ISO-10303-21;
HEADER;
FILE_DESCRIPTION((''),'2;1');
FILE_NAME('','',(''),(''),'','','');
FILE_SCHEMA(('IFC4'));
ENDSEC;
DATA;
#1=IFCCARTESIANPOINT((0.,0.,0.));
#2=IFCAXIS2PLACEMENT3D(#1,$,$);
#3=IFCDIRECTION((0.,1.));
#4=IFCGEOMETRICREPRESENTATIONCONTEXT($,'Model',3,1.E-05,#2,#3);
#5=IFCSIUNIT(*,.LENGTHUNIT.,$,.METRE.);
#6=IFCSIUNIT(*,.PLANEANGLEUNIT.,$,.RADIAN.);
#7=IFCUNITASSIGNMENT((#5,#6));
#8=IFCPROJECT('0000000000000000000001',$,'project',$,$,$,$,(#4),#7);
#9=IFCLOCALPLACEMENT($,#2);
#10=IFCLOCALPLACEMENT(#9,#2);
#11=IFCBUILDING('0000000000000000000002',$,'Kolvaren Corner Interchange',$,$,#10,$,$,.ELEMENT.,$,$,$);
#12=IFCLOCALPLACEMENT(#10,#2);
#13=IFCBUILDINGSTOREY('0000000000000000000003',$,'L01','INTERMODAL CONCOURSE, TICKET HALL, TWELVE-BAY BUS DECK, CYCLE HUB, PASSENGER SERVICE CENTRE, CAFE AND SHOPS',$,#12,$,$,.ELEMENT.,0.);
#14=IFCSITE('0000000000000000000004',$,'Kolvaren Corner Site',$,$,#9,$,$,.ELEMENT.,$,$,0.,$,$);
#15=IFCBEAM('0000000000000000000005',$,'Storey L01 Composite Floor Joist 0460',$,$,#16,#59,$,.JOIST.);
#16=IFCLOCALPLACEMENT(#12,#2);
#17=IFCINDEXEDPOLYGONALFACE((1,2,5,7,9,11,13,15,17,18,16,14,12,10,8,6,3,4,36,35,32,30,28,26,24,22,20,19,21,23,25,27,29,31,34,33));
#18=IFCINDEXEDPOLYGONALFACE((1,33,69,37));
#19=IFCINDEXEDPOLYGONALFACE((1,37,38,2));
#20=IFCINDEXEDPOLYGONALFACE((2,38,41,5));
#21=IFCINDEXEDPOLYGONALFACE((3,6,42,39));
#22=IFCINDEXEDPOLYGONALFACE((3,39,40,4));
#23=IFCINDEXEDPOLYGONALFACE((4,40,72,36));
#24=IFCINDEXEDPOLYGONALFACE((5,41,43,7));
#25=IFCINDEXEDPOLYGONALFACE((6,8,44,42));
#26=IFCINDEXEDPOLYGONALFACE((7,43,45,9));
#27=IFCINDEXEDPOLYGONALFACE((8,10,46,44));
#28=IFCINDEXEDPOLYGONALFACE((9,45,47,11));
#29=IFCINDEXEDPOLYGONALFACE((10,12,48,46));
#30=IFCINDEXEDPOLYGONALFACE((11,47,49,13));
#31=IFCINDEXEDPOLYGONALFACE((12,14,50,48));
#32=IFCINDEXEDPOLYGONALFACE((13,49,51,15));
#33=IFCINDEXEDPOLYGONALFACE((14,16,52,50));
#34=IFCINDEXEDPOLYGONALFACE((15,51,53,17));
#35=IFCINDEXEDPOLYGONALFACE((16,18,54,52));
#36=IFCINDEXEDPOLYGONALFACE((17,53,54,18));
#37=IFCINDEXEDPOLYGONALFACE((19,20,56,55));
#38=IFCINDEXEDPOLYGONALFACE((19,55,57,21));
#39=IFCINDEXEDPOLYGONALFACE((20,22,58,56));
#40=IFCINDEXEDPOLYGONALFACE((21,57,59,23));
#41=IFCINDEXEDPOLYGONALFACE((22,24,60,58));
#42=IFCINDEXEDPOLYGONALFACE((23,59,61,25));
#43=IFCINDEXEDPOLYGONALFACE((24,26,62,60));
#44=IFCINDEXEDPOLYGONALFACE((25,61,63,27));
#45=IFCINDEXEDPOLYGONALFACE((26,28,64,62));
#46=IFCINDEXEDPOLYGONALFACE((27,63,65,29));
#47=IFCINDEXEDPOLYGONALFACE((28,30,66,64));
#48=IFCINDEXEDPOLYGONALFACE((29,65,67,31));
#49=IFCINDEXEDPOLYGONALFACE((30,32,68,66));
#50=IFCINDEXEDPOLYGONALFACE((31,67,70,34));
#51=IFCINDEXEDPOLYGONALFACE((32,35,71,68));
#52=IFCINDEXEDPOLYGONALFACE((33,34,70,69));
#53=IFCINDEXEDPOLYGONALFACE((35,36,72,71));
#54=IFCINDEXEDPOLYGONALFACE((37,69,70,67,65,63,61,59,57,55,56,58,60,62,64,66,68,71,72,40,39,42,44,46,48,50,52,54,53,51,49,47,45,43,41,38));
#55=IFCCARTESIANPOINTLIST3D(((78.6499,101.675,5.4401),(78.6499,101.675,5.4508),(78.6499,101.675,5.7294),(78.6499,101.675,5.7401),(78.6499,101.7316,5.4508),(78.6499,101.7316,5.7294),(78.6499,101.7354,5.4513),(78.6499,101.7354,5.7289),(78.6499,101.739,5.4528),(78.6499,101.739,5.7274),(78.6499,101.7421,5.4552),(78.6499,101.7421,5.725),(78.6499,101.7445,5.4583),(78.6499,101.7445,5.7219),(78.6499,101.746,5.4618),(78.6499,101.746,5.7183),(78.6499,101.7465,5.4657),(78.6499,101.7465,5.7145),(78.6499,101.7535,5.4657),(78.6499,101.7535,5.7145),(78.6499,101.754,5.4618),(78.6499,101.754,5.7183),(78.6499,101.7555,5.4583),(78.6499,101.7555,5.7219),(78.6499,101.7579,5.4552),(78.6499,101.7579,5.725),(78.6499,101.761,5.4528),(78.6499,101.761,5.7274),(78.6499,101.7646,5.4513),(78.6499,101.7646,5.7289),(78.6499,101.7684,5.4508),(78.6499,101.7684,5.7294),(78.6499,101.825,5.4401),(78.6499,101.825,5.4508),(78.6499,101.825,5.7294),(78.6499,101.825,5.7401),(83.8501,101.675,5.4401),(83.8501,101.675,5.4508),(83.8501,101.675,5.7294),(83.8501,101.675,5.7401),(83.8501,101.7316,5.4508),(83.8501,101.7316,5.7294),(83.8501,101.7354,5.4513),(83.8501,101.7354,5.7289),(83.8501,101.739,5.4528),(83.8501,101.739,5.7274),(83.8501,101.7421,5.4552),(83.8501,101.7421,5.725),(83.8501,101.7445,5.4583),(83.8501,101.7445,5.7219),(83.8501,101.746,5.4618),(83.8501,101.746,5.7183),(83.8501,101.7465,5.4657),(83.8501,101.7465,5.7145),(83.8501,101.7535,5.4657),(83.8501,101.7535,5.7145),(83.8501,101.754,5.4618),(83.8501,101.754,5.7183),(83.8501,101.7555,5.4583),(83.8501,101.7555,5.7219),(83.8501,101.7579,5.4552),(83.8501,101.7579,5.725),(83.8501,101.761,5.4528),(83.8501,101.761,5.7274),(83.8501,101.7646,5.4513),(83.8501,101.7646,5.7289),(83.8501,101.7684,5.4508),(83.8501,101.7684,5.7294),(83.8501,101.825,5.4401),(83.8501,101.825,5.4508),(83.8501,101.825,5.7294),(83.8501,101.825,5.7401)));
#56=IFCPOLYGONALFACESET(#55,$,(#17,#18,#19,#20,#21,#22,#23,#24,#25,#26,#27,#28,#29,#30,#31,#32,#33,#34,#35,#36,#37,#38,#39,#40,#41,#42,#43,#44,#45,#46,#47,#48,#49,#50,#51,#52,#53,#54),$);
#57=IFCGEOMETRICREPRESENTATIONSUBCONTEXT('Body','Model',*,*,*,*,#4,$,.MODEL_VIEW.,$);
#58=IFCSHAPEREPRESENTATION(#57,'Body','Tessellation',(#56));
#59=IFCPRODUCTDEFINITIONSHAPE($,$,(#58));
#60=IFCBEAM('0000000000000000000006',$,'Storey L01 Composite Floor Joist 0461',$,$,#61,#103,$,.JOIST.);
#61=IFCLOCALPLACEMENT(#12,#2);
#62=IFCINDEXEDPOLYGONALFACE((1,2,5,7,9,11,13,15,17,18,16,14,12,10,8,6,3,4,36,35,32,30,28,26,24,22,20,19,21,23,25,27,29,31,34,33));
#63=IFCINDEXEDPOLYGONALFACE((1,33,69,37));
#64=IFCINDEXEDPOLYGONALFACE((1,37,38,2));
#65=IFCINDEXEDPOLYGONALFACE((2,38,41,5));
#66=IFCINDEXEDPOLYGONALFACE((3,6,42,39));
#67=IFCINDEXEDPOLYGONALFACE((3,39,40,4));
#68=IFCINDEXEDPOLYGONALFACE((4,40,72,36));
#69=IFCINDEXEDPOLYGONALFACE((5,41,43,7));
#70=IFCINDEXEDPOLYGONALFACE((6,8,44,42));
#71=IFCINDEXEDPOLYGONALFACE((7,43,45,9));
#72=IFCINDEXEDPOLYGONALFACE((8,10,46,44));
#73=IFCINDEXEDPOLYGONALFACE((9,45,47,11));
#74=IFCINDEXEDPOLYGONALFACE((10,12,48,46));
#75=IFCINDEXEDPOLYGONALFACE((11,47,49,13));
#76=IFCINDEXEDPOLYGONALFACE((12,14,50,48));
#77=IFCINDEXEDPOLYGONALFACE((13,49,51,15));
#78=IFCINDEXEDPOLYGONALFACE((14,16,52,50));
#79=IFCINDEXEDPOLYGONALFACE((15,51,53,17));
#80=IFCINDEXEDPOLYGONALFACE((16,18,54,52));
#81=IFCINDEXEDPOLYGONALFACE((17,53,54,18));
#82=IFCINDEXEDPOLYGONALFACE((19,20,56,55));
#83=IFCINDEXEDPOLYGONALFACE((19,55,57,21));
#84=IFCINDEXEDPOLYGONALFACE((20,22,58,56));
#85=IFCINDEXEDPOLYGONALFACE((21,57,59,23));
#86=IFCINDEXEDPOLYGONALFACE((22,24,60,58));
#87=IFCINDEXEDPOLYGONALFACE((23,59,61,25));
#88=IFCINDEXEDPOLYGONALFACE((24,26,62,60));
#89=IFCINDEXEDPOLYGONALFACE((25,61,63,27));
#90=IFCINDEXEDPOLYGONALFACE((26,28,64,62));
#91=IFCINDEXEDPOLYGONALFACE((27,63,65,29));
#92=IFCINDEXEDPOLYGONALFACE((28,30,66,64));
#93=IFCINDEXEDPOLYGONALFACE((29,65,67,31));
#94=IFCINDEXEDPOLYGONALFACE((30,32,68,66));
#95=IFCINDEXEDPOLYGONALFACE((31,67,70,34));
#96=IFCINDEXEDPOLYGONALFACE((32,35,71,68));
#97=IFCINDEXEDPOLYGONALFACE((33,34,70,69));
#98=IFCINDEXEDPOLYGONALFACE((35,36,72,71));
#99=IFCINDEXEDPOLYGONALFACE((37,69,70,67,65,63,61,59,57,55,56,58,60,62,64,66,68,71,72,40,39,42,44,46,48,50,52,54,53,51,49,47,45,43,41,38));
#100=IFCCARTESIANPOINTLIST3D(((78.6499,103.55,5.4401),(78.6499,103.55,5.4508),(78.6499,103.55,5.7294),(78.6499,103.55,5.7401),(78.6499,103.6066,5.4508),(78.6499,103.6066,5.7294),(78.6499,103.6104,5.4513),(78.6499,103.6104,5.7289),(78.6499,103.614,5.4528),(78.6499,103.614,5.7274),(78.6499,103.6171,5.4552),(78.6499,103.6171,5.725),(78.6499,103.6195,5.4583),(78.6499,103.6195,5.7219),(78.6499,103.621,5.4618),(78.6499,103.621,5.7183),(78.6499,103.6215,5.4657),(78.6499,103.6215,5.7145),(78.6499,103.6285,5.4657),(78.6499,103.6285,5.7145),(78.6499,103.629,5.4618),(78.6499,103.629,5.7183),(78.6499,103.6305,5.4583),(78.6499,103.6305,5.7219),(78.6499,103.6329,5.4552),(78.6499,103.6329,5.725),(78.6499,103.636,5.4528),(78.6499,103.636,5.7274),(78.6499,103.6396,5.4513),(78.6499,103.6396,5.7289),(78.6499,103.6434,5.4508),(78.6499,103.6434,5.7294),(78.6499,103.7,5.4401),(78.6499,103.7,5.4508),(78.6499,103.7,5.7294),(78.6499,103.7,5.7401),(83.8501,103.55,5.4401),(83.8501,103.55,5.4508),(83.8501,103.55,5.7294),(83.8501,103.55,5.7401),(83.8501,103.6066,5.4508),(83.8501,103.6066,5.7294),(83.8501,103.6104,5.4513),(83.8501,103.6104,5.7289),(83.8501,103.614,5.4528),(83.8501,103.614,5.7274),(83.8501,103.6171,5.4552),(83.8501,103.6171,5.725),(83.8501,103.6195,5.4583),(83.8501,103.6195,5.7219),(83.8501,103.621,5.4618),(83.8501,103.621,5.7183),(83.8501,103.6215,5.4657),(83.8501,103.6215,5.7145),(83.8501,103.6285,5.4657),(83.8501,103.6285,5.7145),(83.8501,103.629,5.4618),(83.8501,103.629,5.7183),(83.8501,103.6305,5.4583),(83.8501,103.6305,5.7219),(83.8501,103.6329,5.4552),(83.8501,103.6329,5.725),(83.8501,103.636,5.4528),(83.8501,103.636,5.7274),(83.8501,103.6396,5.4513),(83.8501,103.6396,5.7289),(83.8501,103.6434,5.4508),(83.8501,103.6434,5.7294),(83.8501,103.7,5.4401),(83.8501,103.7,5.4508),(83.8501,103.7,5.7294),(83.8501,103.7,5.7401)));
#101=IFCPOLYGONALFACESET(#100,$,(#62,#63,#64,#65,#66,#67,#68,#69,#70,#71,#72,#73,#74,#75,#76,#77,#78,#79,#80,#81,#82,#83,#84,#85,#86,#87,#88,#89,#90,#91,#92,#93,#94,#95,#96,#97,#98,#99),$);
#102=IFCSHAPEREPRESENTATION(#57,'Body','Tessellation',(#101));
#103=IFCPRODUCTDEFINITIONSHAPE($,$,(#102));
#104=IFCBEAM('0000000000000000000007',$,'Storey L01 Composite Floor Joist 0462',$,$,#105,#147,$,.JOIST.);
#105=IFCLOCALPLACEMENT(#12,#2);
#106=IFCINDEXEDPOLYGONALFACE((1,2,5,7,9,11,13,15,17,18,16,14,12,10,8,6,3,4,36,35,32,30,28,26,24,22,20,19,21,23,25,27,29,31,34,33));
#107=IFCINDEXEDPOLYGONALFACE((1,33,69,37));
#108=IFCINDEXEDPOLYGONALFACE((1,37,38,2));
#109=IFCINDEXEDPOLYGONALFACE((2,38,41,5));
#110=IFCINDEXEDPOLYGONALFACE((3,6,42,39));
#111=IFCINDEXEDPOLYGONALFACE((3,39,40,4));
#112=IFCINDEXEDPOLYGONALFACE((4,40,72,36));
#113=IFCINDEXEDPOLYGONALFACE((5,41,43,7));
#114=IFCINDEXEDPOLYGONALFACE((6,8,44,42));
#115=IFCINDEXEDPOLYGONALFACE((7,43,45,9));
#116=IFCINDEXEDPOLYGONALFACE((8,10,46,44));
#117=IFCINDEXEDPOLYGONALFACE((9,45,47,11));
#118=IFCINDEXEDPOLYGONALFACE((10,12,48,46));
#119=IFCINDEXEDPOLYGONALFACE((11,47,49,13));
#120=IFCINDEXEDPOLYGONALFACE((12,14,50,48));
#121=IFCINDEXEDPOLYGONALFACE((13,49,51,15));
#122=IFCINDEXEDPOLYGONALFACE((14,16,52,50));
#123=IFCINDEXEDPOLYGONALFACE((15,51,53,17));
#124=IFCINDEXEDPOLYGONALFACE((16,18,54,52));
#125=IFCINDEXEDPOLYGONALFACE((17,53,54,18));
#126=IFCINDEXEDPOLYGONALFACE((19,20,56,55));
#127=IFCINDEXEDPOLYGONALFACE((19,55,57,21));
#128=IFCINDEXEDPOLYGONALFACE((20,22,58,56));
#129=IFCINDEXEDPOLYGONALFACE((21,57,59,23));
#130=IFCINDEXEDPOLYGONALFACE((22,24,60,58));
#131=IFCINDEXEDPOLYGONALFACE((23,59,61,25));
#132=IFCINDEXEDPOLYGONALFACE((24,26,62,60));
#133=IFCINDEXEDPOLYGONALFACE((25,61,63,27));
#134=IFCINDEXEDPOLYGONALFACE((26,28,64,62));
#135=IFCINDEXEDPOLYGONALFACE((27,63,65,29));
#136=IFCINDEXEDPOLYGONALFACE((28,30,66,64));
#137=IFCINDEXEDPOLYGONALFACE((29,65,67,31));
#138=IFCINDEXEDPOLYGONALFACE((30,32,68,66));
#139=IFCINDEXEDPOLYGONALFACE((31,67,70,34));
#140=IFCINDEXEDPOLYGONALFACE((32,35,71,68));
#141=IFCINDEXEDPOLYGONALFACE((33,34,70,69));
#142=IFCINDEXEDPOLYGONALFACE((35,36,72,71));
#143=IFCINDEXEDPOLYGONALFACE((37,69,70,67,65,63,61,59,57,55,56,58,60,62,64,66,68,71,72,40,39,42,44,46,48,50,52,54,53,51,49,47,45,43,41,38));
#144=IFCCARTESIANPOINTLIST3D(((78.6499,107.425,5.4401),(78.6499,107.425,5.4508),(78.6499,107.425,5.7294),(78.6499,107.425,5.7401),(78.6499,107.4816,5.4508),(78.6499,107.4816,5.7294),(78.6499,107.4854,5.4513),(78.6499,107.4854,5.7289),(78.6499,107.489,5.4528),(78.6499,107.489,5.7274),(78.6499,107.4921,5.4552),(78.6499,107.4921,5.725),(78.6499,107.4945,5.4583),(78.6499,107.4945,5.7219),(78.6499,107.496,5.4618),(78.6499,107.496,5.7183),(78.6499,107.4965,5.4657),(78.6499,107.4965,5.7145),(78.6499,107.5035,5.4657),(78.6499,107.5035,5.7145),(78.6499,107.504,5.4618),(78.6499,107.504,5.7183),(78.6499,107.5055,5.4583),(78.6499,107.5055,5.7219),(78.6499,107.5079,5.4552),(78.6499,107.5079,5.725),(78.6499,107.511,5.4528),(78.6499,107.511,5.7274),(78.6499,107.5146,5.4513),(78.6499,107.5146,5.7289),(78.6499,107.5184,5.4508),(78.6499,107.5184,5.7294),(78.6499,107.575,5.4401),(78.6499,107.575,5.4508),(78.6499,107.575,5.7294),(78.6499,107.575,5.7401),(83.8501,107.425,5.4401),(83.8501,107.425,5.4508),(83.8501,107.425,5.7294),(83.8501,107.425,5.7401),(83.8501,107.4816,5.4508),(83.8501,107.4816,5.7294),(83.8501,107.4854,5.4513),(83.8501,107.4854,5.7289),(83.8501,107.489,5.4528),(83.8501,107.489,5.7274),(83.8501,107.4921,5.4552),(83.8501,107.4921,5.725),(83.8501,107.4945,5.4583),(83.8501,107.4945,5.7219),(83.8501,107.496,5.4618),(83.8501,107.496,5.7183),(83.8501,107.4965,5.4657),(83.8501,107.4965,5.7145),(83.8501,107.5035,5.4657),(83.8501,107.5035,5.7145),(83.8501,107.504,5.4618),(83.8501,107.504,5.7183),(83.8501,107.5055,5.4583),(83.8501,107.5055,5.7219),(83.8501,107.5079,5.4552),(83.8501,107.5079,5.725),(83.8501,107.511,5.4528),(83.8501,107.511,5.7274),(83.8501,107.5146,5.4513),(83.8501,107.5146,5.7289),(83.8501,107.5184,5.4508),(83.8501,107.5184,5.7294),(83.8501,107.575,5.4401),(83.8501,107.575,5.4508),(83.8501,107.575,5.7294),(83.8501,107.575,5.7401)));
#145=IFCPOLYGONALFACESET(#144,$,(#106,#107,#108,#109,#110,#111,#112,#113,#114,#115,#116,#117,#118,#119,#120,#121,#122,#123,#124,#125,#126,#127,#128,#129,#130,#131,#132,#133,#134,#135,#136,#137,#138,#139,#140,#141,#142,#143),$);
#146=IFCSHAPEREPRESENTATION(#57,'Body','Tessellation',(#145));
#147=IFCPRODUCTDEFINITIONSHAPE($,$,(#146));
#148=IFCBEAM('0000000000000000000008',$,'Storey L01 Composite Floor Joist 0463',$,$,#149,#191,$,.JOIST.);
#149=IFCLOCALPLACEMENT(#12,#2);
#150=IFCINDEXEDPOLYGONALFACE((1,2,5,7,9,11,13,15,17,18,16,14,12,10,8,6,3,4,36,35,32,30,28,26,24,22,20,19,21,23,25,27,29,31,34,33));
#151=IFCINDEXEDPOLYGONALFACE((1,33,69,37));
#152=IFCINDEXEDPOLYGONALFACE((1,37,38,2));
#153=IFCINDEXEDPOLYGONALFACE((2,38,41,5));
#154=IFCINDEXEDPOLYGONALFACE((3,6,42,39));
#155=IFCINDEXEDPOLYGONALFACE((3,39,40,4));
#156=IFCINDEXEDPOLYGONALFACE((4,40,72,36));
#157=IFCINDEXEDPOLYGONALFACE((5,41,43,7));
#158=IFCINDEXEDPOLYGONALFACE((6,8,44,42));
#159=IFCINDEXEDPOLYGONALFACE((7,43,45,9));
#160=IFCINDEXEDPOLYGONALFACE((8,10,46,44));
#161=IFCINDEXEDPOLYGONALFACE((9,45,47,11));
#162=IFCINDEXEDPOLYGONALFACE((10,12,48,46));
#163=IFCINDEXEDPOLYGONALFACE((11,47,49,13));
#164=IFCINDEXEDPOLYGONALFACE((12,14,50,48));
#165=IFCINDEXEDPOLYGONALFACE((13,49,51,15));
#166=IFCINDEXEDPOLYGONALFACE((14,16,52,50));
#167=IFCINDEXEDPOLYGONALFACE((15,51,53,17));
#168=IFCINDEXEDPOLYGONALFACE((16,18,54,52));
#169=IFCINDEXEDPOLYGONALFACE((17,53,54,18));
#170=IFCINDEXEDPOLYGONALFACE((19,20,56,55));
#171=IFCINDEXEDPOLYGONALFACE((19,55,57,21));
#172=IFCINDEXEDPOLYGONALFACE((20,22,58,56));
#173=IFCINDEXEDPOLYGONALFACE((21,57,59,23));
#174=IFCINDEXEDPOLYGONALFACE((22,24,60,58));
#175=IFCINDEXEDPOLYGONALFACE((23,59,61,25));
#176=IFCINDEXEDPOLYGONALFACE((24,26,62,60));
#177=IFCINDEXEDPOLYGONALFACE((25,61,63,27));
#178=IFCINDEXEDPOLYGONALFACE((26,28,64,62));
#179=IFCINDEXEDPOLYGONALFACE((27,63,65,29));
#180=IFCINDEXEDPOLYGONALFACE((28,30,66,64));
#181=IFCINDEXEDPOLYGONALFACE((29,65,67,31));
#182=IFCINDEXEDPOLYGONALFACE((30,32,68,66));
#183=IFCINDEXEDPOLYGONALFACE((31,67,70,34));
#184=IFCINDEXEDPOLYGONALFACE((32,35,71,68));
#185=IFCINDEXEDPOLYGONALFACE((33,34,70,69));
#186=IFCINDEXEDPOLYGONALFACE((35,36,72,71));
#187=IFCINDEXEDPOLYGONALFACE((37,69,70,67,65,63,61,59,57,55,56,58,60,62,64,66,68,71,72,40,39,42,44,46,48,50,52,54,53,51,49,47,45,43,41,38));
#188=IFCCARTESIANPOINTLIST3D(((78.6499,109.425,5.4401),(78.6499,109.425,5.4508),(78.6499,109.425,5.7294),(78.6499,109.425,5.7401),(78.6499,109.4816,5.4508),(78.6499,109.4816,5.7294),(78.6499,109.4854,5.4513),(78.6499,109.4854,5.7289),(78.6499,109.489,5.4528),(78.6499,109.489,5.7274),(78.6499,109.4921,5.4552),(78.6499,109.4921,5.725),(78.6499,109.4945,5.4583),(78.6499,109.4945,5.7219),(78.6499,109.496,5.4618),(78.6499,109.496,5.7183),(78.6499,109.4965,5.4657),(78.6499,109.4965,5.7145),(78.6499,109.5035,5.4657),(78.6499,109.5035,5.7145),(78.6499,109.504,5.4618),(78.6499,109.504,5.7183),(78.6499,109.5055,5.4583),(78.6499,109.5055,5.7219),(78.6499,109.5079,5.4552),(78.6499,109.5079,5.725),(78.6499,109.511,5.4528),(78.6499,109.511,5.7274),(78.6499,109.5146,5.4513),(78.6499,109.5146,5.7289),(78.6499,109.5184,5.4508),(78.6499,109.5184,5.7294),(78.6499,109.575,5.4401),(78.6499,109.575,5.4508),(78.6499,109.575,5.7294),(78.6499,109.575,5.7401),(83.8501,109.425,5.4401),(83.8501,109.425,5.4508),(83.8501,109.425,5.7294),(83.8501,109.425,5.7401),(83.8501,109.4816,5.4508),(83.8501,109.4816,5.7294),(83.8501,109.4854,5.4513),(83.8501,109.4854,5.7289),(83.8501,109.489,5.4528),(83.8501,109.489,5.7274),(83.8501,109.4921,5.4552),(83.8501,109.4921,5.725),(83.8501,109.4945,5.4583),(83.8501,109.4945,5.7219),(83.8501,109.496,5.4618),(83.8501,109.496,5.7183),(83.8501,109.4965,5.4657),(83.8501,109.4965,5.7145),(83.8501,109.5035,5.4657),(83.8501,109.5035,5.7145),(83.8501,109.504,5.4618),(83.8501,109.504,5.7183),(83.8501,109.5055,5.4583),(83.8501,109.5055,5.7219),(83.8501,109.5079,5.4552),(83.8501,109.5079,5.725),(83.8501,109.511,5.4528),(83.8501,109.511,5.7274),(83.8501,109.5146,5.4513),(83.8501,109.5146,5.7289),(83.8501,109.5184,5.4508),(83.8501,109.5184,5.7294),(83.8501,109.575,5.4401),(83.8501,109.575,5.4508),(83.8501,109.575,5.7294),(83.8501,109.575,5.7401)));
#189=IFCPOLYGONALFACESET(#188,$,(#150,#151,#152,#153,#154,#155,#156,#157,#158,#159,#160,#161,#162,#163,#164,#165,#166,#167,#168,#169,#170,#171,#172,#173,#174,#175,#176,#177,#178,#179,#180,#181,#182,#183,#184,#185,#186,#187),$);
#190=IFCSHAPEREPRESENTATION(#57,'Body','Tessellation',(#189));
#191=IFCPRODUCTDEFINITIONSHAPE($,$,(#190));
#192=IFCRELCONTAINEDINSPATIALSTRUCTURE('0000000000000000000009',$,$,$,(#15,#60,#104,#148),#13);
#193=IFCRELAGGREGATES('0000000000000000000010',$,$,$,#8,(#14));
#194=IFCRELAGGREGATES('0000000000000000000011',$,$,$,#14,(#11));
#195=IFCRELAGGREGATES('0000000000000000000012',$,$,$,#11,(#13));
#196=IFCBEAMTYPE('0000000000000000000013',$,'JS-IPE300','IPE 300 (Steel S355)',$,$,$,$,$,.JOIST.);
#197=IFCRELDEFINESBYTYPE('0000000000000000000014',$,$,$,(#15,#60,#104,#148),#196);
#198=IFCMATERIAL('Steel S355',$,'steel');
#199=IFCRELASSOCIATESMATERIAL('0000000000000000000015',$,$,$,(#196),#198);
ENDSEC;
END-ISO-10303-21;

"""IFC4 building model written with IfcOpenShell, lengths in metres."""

from ifc_helpers import new_model, si_unit, direction, frame, origin, origin_2d, place, context, subcontext, project, spatial, i_section, extrude, material, material_profile, profile_set, type_object, element, save


model = new_model("IFC4")

# Units and contexts
model_context = context("Model", 3, precision=1e-05, world=origin(), true_north=direction((0.0, 1.0)))
body_context = subcontext(model_context, "Body", "Model", "MODEL_VIEW")
ifc_project = project(units=[si_unit("LENGTHUNIT", "METRE"), si_unit("PLANEANGLEUNIT", "RADIAN")], contexts=[model_context])

# Site, building, storey
site_placement = place(None, origin())
site = spatial("IfcSite", under=ifc_project, at=site_placement, Name="Kolvaren Corner Site", CompositionType="ELEMENT", RefElevation=0.0)
building_placement = place(site_placement, origin())
building = spatial("IfcBuilding", under=site, at=building_placement, Name="Kolvaren Corner Interchange", CompositionType="ELEMENT")
storey_placement = place(building_placement, origin())
storey = spatial("IfcBuildingStorey", under=building, at=storey_placement, Name="L01", Description="INTERMODAL CONCOURSE, TICKET HALL, TWELVE-BAY BUS DECK, CYCLE HUB, PASSENGER SERVICE CENTRE, CAFE AND SHOPS", CompositionType="ELEMENT", Elevation=0.0)

# Beams
ifc_material_1 = material(Name="Steel S355", Category="steel")
ifc_material_profile_1 = material_profile(ifc_material_1, i_section(OverallWidth=0.1499, OverallDepth=0.3, WebThickness=0.0071, FlangeThickness=0.0107, FilletRadius=0.0149, at=origin_2d()), Name="IPE 300")
ifc_profile_set_1 = profile_set([ifc_material_profile_1], Name="Steel S355")
beam_type_1 = type_object("IfcBeamType", Name="JS-IPE300", Description="IPE 300 (Steel S355)", PredefinedType="JOIST", material=ifc_profile_set_1)
for number, where, z_axis, x_axis, name in (
    (1, (78.6499, 101.75, 5.5901), (1.0, 0.0, 0.0), (0.0, 1.0, 0.0), "Storey L01 Composite Floor Joist 0460"),
    (2, (78.6499, 103.625, 5.5901), (1.0, 0.0, 0.0), (0.0, 1.0, 0.0), "Storey L01 Composite Floor Joist 0461"),
    (3, (78.6499, 107.5, 5.5901), (1.0, 0.0, 0.0), (0.0, 1.0, 0.0), "Storey L01 Composite Floor Joist 0462"),
    (4, (78.6499, 109.5, 5.5901), (1.0, 0.0, 0.0), (0.0, 1.0, 0.0), "Storey L01 Composite Floor Joist 0463"),
):
    element("IfcBeam", number, at=place(storey_placement, frame(where, z_axis=z_axis, x_axis=x_axis)), inside=storey, type_object=beam_type_1, Name=name, PredefinedType="JOIST", context=body_context, shape_type="SweptSolid", body=[
        extrude(i_section(OverallWidth=0.1499, OverallDepth=0.3, WebThickness=0.0071, FlangeThickness=0.0107, FilletRadius=0.0149, at=origin_2d()), origin(), (0.0, 0.0, 1.0), 5.2002),
    ])

save(model, "model.ifc")
